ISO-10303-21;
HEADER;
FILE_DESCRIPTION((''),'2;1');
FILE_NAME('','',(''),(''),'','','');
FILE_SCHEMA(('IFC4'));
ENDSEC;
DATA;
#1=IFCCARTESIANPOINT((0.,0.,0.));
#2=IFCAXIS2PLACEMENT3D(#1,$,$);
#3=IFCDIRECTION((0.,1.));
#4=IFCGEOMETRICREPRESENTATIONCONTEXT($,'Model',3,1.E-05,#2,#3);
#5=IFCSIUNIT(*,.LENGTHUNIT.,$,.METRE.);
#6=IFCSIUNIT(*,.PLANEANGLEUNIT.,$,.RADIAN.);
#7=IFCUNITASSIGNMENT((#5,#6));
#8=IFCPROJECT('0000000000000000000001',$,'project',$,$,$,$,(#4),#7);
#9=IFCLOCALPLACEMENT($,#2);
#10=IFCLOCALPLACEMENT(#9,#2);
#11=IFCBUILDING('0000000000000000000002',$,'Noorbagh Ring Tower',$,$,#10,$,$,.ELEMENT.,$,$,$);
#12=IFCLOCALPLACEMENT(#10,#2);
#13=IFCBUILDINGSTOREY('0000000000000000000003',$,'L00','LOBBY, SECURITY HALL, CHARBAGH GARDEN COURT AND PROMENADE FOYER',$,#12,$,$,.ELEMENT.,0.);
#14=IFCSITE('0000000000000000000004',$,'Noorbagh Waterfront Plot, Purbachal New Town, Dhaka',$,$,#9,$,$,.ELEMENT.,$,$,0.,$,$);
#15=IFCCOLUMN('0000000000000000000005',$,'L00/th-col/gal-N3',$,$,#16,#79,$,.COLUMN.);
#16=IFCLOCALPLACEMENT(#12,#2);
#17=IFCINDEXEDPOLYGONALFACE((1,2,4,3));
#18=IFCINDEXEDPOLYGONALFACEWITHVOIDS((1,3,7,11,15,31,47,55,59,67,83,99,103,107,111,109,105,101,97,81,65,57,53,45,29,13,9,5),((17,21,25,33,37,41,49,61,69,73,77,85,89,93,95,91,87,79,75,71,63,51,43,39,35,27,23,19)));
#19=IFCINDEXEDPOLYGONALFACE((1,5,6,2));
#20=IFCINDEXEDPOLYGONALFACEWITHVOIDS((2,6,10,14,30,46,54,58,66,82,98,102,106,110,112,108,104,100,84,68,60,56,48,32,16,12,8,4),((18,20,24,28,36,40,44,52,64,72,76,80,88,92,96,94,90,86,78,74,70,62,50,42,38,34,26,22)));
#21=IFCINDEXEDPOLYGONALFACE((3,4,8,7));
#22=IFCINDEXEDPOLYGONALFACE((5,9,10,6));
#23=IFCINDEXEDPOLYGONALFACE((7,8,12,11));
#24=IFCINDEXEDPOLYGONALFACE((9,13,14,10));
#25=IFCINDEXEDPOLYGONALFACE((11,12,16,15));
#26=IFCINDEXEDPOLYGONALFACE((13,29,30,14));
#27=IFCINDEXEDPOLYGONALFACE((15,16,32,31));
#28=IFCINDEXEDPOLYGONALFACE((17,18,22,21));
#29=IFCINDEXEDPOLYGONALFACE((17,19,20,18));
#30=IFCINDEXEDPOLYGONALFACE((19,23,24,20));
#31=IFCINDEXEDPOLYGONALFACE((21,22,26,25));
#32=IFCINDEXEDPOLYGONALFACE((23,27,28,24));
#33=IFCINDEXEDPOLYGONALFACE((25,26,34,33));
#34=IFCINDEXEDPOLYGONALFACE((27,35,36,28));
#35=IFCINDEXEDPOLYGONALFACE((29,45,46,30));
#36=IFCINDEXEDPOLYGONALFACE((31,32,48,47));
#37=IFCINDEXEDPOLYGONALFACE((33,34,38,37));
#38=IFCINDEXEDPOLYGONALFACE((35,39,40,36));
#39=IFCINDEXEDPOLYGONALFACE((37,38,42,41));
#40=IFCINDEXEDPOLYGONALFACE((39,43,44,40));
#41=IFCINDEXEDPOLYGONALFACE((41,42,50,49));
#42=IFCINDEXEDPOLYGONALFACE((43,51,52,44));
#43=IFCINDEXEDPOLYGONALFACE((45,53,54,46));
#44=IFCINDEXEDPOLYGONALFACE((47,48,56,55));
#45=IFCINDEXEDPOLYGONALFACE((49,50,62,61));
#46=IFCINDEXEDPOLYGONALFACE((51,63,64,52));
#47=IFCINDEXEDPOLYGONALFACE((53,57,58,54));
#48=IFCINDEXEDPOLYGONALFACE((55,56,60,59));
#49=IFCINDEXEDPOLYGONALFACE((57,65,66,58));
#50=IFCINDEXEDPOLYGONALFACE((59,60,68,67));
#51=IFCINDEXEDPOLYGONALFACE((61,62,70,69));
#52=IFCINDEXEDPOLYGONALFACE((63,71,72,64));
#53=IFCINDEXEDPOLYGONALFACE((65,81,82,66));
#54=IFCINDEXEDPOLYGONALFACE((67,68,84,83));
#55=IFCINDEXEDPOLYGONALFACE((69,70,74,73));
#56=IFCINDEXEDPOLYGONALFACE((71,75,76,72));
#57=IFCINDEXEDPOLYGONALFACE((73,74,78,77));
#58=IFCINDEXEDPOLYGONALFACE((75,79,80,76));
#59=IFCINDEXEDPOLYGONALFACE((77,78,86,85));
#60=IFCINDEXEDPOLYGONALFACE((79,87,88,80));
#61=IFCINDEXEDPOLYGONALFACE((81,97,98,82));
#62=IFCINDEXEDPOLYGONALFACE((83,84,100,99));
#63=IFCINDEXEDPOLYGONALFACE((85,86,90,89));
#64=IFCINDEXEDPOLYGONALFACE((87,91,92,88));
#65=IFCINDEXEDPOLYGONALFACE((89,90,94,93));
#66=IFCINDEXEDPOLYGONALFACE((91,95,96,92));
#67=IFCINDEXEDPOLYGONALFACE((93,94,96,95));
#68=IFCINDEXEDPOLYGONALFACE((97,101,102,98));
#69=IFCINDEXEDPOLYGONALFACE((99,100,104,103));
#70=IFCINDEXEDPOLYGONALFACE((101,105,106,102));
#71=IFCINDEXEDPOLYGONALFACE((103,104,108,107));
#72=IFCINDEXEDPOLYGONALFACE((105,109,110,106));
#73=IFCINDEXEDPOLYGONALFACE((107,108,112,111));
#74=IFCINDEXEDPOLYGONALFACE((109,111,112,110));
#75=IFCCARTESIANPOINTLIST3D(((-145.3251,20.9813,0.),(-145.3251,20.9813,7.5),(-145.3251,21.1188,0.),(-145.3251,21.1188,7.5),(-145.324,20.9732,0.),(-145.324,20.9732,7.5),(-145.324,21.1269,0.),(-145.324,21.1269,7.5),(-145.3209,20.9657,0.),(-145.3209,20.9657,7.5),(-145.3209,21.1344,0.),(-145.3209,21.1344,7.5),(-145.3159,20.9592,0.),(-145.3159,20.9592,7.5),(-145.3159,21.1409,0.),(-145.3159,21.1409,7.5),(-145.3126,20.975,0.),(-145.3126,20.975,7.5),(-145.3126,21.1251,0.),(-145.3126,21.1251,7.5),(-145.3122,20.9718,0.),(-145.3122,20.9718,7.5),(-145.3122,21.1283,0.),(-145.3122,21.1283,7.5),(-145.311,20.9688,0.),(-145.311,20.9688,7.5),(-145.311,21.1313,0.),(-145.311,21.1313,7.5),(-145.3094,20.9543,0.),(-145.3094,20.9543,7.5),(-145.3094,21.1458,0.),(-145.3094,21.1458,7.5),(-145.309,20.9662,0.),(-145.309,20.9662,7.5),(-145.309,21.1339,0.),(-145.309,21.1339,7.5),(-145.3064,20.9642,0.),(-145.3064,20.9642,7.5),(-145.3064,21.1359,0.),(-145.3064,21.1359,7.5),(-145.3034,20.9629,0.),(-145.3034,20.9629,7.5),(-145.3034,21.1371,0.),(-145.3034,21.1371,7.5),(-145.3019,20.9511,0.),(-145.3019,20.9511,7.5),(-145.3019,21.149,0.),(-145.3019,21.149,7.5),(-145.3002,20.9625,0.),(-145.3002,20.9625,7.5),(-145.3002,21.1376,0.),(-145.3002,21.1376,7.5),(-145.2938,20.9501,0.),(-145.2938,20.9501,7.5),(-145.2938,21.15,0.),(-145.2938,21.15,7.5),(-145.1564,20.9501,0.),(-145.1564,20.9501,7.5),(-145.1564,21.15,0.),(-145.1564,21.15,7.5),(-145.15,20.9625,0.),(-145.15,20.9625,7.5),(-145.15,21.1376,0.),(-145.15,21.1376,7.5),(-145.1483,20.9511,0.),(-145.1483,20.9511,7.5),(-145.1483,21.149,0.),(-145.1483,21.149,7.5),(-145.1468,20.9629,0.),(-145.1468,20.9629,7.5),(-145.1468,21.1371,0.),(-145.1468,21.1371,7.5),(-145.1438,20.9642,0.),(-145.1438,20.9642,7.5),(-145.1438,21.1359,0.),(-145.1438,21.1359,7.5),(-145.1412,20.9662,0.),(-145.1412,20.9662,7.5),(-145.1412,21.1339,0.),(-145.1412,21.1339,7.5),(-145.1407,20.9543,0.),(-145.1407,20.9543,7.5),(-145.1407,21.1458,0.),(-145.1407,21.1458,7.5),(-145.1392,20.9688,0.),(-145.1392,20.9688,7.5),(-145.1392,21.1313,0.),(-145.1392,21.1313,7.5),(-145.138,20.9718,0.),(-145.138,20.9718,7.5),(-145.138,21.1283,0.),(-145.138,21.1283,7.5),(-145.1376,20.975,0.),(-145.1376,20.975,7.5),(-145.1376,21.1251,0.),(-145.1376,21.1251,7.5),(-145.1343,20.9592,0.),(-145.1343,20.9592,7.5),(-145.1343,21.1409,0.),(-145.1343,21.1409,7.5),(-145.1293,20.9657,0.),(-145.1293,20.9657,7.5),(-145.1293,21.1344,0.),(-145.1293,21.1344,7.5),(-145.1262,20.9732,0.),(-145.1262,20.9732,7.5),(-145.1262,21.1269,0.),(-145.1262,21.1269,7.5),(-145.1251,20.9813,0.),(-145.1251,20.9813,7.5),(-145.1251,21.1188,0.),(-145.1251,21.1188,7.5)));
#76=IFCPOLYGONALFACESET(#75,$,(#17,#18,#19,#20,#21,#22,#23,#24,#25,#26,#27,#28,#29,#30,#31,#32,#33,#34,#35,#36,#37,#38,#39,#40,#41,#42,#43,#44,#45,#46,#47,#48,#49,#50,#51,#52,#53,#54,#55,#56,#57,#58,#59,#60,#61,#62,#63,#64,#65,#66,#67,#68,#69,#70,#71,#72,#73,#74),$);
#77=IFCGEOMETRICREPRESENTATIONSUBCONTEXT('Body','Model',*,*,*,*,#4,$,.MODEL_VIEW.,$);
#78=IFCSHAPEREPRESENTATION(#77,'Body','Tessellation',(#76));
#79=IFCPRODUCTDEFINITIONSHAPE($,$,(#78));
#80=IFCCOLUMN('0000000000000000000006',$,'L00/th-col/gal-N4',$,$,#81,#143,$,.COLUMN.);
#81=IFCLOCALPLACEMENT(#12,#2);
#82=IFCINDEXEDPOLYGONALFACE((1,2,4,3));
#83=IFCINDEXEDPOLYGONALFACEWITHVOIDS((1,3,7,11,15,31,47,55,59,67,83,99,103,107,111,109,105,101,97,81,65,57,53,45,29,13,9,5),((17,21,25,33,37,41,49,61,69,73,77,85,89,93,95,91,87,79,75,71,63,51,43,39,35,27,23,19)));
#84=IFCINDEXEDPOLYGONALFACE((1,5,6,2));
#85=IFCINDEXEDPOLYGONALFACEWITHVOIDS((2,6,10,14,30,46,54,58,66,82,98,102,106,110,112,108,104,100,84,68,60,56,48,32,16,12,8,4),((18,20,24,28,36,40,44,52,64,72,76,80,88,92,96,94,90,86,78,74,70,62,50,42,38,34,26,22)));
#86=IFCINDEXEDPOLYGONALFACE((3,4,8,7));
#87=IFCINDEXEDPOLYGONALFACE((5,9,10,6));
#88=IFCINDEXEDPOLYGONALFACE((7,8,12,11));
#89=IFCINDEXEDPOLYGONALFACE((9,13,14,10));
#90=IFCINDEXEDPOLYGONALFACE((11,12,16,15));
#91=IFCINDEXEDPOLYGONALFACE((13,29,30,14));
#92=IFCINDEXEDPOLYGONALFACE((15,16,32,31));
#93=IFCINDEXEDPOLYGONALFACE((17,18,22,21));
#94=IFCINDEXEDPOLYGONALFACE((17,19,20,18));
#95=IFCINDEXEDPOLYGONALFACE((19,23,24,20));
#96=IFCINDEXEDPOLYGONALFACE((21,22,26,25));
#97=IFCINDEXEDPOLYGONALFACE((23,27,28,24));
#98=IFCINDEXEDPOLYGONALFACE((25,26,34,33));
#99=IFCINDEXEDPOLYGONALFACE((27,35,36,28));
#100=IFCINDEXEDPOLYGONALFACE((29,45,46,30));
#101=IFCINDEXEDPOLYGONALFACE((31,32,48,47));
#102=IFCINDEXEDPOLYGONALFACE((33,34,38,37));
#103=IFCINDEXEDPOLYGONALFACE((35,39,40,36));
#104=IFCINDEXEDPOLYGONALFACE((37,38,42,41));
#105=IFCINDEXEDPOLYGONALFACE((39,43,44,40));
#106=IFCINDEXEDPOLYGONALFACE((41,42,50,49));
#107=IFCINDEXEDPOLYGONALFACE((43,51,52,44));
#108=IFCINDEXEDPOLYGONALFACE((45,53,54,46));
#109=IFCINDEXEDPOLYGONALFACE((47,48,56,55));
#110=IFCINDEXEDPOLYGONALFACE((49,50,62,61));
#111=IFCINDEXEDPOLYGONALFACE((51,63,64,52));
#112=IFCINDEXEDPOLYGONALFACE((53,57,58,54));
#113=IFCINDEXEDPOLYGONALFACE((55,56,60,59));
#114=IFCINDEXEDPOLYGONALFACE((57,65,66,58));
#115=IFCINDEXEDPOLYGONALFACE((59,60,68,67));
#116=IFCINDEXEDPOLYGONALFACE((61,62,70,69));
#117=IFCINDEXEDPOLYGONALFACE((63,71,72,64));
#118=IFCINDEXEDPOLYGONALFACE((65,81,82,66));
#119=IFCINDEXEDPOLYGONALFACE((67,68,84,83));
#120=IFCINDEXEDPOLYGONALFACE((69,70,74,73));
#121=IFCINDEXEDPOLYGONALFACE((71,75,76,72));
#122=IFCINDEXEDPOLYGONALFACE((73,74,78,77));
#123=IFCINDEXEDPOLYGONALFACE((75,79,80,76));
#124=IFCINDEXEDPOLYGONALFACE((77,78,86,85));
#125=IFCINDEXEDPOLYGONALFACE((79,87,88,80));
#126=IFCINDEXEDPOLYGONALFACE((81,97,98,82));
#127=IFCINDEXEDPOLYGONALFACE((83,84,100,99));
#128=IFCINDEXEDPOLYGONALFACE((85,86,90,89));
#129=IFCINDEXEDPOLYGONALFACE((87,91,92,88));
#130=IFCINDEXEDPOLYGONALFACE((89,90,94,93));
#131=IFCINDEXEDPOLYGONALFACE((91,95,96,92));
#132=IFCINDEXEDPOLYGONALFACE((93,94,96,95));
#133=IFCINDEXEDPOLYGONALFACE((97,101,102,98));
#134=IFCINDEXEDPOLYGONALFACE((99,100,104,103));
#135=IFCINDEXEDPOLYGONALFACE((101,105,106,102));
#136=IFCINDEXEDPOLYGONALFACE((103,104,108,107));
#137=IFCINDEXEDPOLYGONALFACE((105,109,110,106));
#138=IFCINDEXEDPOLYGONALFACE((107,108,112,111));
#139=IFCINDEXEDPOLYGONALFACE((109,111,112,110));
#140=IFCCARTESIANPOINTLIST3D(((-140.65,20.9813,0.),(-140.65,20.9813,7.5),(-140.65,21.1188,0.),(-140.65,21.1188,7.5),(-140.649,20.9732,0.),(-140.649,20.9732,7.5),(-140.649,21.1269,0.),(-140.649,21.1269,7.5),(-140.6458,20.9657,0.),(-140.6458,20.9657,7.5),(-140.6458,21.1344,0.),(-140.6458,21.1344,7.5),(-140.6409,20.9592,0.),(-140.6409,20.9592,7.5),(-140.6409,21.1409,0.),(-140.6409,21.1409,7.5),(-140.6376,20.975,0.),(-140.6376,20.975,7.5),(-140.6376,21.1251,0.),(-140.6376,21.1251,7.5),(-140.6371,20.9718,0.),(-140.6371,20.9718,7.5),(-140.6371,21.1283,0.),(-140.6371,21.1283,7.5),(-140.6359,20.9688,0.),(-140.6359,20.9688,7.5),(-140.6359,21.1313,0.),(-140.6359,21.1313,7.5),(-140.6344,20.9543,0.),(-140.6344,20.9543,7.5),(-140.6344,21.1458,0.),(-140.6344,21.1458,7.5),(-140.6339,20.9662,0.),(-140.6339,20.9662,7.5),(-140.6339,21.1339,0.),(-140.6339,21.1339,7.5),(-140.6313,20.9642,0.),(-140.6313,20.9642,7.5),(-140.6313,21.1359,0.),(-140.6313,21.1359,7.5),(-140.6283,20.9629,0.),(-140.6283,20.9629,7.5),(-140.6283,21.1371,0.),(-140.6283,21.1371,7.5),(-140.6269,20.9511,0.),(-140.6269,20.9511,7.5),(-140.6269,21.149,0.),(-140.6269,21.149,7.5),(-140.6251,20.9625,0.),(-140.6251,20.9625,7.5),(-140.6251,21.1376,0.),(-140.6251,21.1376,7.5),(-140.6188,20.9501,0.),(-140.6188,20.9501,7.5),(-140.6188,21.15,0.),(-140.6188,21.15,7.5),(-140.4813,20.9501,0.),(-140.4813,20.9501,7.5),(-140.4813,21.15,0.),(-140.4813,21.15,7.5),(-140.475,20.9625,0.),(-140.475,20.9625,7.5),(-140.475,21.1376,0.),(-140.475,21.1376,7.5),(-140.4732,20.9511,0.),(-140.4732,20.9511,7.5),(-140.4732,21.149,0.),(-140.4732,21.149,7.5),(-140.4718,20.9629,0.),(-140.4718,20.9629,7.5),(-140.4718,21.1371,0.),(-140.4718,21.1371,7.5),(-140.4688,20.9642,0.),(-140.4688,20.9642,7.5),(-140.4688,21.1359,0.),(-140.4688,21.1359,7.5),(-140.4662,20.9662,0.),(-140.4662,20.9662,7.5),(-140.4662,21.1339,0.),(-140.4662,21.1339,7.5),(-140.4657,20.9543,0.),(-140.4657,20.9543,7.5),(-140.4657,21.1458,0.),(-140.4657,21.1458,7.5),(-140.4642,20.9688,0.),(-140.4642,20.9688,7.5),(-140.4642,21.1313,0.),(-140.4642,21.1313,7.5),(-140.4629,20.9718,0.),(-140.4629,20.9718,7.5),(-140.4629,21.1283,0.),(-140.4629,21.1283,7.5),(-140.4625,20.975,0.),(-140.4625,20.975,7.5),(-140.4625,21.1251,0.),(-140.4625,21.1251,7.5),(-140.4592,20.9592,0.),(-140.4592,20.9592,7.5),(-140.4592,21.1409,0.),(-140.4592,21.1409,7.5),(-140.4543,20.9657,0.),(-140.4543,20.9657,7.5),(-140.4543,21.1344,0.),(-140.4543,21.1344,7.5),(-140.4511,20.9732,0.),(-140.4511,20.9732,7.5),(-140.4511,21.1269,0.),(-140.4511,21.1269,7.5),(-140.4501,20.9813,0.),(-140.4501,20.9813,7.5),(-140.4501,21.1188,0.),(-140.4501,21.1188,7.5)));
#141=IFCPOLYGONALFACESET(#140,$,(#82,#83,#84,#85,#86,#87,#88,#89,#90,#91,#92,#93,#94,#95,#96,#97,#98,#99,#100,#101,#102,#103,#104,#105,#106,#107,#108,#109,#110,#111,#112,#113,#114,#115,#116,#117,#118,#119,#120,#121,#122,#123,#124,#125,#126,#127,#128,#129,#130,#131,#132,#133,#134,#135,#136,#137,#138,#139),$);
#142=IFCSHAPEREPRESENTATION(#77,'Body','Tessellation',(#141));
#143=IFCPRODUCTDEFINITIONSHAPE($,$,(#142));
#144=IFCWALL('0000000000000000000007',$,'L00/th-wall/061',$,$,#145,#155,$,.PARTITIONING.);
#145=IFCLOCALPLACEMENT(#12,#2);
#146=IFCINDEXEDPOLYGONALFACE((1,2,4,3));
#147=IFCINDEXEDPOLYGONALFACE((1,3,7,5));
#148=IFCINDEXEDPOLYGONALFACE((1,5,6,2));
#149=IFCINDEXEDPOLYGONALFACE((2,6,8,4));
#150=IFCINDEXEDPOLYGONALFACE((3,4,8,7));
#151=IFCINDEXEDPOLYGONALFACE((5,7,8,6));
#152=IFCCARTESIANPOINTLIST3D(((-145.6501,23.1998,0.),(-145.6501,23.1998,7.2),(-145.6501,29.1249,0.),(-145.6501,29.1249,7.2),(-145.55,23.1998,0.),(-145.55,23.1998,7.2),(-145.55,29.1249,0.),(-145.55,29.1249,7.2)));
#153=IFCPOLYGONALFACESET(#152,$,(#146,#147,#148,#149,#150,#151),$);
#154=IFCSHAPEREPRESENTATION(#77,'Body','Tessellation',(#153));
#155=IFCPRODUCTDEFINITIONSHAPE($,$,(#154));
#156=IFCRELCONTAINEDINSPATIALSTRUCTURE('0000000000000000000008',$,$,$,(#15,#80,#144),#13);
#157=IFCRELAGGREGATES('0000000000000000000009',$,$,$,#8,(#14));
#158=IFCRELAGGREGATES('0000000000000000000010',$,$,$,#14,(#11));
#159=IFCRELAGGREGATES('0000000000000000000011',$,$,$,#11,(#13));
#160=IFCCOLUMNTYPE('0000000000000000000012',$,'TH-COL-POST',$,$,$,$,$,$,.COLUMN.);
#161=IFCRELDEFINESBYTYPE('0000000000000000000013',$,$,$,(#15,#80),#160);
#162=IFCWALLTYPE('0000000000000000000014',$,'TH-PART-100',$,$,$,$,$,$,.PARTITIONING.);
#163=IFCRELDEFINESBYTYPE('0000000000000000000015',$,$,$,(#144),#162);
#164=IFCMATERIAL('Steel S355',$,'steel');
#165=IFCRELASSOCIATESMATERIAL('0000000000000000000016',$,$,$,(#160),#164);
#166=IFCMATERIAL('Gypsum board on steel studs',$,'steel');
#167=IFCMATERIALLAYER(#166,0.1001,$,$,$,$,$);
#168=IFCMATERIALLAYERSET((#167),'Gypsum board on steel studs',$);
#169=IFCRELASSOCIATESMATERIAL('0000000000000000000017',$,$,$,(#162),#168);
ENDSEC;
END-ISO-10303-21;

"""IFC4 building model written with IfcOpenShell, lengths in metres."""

from ifc_helpers import new_model, si_unit, direction, frame, frame_2d, origin, origin_2d, place, context, subcontext, project, spatial, rectangle, hollow_rectangle, extrude, material, layer, layer_set, material_profile, profile_set, type_object, element, save


model = new_model("IFC4")

# Units and contexts
model_context = context("Model", 3, precision=1e-05, world=origin(), true_north=direction((0.0, 1.0)))
body_context = subcontext(model_context, "Body", "Model", "MODEL_VIEW")
ifc_project = project(units=[si_unit("LENGTHUNIT", "METRE"), si_unit("PLANEANGLEUNIT", "RADIAN")], contexts=[model_context])

# Site, building, storey
site_placement = place(None, origin())
site = spatial("IfcSite", under=ifc_project, at=site_placement, Name="Noorbagh Waterfront Plot, Purbachal New Town, Dhaka", CompositionType="ELEMENT", RefElevation=0.0)
building_placement = place(site_placement, origin())
building = spatial("IfcBuilding", under=site, at=building_placement, Name="Noorbagh Ring Tower", CompositionType="ELEMENT")
storey_placement = place(building_placement, origin())
storey = spatial("IfcBuildingStorey", under=building, at=storey_placement, Name="L00", Description="LOBBY, SECURITY HALL, CHARBAGH GARDEN COURT AND PROMENADE FOYER", CompositionType="ELEMENT", Elevation=0.0)

# Columns
ifc_material_1 = material(Name="Steel S355", Category="steel")
ifc_material_profile = material_profile(ifc_material_1, hollow_rectangle(XDim=0.2, YDim=0.2, WallThickness=0.0125, InnerFilletRadius=0.0125, OuterFilletRadius=0.0312, at=origin_2d()), Name="SHS200x200x12.5")
ifc_profile_set = profile_set([ifc_material_profile], Name="Steel S355")
column_type = type_object("IfcColumnType", Name="TH-COL-POST", PredefinedType="COLUMN", material=ifc_profile_set)
for number, where, z_axis, x_axis, name in (
    (1, (-145.2251, 21.05, 0.0), (0.0, 0.0, 1.0), (1.0, 0.0, 0.0), "L00/th-col/gal-N3"),
    (2, (-140.55, 21.05, 0.0), (0.0, 0.0, 1.0), (1.0, 0.0, 0.0), "L00/th-col/gal-N4"),
):
    element("IfcColumn", number, at=place(storey_placement, frame(where, z_axis=z_axis, x_axis=x_axis)), inside=storey, type_object=column_type, Name=name, PredefinedType="COLUMN", context=body_context, shape_type="SweptSolid", body=[
        extrude(hollow_rectangle(XDim=0.2, YDim=0.2, WallThickness=0.0125, InnerFilletRadius=0.0125, OuterFilletRadius=0.0312, at=origin_2d()), origin(), (0.0, 0.0, 1.0), 7.5),
    ])

# Wall
ifc_material_2 = material(Name="Gypsum board on steel studs", Category="steel")
ifc_layer_1 = layer(ifc_material_2, 0.1001)
ifc_layer_set_1 = layer_set([ifc_layer_1], Name="Gypsum board on steel studs")
wall_type_1 = type_object("IfcWallType", Name="TH-PART-100", PredefinedType="PARTITIONING", material=ifc_layer_set_1)
wall_1_placement = place(storey_placement, frame((-145.6001, 23.2, 0.0), z_axis=(0.0, 0.0, 1.0), x_axis=(0.0, 1.0, 0.0)))
element("IfcWall", 3, at=wall_1_placement, inside=storey, type_object=wall_type_1, Name="L00/th-wall/061", PredefinedType="PARTITIONING", context=body_context, shape_type="SweptSolid", body=[
    extrude(rectangle(XDim=5.925, YDim=0.1001, at=frame_2d((2.9624, 0.0))), origin(), (0.0, 0.0, 1.0), 7.2),
])

save(model, "model.ifc")
